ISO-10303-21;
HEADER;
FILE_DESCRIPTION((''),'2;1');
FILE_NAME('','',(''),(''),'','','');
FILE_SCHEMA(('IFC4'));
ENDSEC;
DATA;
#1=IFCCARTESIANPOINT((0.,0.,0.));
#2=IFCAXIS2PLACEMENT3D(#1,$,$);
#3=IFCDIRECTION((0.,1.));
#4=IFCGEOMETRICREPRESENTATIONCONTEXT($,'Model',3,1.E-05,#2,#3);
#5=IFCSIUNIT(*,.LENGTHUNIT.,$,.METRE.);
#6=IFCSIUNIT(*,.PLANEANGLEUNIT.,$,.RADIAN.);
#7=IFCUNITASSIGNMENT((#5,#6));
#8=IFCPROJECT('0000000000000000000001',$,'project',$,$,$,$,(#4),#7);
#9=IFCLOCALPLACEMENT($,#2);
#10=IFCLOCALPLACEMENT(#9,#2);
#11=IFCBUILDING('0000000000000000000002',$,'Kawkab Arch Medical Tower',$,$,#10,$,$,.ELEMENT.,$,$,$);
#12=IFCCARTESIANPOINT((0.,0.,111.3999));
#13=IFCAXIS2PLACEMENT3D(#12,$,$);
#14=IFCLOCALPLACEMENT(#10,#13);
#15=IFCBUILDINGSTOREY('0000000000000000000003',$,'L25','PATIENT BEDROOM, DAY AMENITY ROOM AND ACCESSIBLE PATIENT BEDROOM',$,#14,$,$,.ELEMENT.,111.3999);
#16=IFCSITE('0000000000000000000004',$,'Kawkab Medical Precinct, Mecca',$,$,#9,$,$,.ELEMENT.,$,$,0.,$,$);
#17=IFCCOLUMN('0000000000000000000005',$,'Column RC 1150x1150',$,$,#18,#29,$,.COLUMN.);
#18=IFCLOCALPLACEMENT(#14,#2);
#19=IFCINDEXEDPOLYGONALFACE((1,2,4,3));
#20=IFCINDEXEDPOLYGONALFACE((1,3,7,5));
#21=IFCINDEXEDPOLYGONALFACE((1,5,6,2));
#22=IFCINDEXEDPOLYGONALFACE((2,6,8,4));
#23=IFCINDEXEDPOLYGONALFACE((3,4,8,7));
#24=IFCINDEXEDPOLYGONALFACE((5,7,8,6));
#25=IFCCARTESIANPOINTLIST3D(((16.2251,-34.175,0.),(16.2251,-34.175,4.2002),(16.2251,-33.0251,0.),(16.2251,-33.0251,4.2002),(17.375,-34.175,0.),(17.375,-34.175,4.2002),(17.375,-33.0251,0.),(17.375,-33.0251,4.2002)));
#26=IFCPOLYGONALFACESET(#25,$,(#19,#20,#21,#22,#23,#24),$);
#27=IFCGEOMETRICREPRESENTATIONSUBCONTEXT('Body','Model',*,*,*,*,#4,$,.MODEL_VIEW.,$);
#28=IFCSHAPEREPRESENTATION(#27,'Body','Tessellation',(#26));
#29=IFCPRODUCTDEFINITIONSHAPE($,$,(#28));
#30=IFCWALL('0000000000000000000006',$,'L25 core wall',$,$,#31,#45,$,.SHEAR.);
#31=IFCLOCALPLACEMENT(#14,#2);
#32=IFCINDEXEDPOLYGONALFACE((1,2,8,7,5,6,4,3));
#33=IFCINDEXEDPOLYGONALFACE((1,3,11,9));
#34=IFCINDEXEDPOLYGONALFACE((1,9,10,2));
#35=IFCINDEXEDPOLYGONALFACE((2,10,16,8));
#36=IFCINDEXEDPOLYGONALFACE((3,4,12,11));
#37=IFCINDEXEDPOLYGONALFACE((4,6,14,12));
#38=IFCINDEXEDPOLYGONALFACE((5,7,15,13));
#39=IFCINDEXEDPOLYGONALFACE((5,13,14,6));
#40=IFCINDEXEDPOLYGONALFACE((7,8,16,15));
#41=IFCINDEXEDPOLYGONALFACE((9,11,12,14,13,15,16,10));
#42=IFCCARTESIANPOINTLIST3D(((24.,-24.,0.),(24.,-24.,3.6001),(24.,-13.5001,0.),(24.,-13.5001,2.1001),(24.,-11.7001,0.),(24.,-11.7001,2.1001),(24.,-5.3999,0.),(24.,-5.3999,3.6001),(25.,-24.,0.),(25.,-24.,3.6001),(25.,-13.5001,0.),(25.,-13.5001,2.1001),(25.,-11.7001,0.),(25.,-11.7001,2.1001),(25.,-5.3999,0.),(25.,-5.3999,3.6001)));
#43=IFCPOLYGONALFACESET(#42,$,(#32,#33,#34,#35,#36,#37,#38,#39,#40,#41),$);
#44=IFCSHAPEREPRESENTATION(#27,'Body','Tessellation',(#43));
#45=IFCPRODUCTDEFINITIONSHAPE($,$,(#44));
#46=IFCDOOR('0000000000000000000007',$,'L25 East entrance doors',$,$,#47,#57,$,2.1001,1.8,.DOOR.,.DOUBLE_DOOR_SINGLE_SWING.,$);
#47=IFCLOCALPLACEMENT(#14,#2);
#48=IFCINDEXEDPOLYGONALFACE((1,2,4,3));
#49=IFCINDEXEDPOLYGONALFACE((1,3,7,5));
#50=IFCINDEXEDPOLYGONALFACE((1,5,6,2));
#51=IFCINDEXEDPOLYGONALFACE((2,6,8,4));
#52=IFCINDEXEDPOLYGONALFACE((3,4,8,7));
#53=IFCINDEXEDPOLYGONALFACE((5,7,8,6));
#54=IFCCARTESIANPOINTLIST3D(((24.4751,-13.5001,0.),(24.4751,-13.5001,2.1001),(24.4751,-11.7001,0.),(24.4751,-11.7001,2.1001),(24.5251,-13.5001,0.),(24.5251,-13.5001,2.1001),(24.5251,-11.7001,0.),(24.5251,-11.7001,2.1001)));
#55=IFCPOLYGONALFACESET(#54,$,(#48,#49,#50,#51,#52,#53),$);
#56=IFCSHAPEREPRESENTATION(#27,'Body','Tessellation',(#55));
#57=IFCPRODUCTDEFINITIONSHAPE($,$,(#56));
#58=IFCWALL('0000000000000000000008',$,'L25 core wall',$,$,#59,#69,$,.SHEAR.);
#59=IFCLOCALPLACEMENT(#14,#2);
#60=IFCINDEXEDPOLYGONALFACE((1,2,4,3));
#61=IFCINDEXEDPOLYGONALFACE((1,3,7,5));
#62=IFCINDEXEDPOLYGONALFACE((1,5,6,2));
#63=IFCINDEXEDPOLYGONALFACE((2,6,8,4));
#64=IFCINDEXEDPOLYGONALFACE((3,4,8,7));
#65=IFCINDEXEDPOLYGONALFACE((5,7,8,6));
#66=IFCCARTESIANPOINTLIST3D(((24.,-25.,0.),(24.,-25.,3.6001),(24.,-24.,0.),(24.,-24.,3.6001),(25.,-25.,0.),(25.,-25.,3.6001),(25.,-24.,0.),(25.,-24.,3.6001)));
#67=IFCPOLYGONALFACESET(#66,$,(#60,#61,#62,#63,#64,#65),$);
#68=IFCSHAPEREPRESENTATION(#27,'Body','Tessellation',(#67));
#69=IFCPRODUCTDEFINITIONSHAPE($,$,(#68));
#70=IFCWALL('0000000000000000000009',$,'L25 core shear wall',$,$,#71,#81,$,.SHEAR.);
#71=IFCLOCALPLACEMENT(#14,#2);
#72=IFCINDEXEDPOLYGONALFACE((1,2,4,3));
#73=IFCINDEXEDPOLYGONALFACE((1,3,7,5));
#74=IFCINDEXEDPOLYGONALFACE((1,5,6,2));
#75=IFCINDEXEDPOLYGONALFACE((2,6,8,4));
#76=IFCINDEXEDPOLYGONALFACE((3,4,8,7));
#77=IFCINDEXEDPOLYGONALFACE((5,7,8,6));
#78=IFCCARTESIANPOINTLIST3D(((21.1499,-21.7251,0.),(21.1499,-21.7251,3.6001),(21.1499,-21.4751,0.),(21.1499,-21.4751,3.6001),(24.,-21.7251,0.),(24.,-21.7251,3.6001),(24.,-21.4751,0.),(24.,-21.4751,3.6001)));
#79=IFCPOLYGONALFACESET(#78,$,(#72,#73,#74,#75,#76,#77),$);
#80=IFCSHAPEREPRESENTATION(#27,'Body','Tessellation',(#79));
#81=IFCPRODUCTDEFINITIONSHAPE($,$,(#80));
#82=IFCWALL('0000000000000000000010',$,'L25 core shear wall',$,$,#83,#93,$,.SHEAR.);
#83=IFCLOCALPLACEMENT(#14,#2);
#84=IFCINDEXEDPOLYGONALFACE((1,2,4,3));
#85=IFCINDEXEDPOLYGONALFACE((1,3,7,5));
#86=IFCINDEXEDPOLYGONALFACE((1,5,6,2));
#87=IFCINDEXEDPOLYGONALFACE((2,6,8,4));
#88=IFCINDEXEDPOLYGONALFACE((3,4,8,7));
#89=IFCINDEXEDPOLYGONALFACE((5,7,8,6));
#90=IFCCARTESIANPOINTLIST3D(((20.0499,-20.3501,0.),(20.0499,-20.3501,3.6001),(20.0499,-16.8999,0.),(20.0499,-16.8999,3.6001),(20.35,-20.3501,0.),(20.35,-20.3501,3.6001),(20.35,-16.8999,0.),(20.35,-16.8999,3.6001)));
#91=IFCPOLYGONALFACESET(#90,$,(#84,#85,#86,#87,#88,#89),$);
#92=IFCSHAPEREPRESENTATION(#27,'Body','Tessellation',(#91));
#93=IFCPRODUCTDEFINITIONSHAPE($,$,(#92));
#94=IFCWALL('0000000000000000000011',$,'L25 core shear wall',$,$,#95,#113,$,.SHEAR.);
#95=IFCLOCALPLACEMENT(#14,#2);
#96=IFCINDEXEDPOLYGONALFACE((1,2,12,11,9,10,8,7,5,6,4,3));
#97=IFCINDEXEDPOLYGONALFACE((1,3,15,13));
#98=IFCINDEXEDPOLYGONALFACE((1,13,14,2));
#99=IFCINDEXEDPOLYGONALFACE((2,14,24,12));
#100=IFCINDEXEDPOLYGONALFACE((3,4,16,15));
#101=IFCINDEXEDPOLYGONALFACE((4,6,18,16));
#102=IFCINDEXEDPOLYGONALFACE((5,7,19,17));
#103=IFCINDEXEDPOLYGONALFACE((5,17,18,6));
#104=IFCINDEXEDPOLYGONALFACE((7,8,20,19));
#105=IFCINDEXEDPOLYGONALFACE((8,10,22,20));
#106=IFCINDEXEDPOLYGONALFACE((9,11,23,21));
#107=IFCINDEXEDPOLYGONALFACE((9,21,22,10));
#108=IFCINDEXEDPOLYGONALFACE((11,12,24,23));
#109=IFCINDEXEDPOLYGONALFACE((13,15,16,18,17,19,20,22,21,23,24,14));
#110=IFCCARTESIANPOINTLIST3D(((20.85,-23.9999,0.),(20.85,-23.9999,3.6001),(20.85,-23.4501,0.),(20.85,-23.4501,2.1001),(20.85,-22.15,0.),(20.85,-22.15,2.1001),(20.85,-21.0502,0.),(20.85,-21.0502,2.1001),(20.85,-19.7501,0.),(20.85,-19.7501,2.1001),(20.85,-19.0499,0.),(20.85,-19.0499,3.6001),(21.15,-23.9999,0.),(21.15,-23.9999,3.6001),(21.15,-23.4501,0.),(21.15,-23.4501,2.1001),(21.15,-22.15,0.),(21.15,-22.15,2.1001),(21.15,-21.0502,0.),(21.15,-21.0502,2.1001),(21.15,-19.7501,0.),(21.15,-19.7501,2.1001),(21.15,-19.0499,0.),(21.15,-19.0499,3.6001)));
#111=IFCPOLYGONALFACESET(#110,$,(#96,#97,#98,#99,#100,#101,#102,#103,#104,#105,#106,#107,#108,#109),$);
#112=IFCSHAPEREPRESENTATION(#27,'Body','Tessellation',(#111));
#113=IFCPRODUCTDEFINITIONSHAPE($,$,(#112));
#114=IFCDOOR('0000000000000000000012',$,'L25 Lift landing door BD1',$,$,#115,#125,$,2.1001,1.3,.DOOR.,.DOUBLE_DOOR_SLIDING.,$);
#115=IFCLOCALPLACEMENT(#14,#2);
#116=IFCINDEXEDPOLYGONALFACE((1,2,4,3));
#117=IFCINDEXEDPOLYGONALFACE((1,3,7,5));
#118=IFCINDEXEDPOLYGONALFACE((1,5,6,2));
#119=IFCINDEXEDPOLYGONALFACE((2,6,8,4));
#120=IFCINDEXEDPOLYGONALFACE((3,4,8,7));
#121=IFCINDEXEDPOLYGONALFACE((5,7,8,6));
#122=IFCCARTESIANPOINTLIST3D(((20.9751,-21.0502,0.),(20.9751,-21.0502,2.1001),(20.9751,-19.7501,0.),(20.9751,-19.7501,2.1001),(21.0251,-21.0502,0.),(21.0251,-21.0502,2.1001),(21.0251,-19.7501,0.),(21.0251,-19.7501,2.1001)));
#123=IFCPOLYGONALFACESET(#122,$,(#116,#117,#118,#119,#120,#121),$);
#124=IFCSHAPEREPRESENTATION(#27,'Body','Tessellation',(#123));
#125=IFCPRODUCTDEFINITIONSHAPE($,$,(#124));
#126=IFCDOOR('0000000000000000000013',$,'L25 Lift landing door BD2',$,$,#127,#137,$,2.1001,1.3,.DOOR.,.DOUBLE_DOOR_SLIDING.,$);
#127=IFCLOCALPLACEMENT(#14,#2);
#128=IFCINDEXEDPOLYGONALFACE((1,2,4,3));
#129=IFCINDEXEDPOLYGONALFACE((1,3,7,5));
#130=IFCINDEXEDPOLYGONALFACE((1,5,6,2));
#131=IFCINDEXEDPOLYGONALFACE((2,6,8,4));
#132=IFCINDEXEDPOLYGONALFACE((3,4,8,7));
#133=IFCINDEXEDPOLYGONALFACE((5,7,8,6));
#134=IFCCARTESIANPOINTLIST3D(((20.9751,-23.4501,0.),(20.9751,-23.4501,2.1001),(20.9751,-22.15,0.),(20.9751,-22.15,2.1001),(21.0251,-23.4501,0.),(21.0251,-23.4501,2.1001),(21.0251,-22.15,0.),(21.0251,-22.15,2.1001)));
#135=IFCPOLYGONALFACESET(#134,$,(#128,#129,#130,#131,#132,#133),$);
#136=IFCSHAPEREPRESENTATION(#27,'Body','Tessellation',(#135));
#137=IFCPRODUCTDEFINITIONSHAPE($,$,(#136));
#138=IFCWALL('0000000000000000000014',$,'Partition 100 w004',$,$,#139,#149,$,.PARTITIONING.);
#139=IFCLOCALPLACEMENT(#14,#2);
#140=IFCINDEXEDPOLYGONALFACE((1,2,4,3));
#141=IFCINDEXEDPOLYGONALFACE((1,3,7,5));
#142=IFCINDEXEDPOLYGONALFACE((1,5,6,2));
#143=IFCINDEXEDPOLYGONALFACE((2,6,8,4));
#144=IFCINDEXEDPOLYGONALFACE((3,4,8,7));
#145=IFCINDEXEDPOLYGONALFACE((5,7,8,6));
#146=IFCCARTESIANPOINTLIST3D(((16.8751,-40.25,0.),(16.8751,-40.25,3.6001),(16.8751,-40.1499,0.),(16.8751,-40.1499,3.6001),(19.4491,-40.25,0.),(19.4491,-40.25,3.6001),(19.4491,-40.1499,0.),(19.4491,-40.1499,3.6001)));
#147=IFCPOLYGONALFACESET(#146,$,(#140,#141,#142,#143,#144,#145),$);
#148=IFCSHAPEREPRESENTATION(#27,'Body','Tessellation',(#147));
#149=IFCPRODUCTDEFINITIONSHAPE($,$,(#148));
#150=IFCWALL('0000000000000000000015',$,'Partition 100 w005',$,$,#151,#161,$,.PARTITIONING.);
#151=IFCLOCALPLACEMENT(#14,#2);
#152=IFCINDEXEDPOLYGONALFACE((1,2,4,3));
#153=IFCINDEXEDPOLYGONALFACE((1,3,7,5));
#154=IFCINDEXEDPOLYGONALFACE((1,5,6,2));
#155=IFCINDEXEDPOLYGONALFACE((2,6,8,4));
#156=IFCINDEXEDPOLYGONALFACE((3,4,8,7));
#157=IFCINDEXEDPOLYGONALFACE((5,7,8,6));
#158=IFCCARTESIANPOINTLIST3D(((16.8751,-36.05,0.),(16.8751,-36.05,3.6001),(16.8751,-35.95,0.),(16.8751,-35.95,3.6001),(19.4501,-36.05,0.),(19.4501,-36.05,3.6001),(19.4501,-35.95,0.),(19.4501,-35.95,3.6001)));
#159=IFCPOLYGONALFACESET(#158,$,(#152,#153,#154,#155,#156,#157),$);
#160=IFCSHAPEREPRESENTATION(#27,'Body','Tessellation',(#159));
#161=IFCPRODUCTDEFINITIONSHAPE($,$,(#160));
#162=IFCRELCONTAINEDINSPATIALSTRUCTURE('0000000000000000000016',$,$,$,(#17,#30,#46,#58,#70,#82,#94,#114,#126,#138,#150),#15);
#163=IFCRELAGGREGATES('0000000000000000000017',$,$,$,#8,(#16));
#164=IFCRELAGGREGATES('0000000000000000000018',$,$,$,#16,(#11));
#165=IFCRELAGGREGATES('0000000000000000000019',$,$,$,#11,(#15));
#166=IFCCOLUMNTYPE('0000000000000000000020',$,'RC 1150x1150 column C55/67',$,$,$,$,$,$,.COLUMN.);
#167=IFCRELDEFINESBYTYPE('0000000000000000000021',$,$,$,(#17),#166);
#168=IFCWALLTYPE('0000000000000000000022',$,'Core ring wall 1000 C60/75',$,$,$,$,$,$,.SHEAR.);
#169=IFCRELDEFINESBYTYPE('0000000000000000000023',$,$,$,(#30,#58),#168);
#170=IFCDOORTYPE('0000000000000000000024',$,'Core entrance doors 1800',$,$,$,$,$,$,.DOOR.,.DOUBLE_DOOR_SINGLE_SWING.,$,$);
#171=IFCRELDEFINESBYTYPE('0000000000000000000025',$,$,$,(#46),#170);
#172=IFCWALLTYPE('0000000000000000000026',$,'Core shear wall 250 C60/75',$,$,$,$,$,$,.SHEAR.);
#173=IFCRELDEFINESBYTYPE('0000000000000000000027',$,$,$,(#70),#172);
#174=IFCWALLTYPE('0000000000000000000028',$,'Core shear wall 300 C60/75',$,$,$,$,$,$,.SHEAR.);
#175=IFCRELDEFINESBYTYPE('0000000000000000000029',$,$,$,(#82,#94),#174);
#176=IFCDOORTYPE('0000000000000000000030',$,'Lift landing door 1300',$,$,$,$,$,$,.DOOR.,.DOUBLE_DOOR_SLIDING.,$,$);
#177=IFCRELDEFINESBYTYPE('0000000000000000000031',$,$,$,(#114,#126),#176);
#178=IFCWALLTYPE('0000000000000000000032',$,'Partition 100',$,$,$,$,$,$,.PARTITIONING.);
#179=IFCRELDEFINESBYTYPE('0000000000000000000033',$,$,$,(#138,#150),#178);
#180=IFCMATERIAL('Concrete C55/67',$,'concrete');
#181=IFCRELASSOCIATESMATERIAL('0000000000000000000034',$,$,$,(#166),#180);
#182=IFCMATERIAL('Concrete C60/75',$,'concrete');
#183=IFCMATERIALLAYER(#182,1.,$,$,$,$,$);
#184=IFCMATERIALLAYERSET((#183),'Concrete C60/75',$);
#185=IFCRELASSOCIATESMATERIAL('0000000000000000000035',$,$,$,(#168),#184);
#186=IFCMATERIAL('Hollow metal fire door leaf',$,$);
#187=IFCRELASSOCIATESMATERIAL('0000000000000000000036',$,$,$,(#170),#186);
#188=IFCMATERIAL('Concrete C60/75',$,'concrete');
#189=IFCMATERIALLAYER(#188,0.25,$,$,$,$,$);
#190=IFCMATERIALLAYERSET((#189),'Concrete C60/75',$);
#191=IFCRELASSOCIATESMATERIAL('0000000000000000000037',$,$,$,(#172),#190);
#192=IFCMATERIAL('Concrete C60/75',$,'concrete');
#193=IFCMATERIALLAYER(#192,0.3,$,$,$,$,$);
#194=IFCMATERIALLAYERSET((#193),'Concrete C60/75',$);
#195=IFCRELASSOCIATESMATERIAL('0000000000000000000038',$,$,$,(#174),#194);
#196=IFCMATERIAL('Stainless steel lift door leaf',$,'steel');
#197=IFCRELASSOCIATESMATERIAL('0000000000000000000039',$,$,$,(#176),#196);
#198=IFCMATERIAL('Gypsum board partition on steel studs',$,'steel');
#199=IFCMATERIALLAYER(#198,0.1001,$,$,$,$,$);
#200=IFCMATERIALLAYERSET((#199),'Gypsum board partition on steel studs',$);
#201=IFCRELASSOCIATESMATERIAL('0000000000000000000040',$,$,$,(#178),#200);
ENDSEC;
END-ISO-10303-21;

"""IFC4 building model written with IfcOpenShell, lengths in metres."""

from ifc_helpers import new_model, si_unit, direction, frame, frame_2d, origin, origin_2d, place, context, subcontext, project, spatial, rectangle, extrude, material, layer, layer_set, material_profile, profile_set, type_object, element, fill, save


model = new_model("IFC4")

# Units and contexts
model_context = context("Model", 3, precision=1e-05, world=origin(), true_north=direction((0.0, 1.0)))
body_context = subcontext(model_context, "Body", "Model", "MODEL_VIEW")
ifc_project = project(units=[si_unit("LENGTHUNIT", "METRE"), si_unit("PLANEANGLEUNIT", "RADIAN")], contexts=[model_context])

# Site, building, storey
site_placement = place(None, origin())
site = spatial("IfcSite", under=ifc_project, at=site_placement, Name="Kawkab Medical Precinct, Mecca", CompositionType="ELEMENT", RefElevation=0.0)
building_placement = place(site_placement, origin())
building = spatial("IfcBuilding", under=site, at=building_placement, Name="Kawkab Arch Medical Tower", CompositionType="ELEMENT")
storey_placement = place(building_placement, frame((0.0, 0.0, 111.3999)))
storey = spatial("IfcBuildingStorey", under=building, at=storey_placement, Name="L25", Description="PATIENT BEDROOM, DAY AMENITY ROOM AND ACCESSIBLE PATIENT BEDROOM", CompositionType="ELEMENT", Elevation=111.3999)

# Column
ifc_material_1 = material(Name="Concrete C55/67", Category="concrete")
ifc_material_profile = material_profile(ifc_material_1, rectangle(XDim=1.1499, YDim=1.1499, at=origin_2d()), Name="RC 1150x1150")
ifc_profile_set = profile_set([ifc_material_profile], Name="Concrete C55/67")
column_type = type_object("IfcColumnType", Name="RC 1150x1150 column C55/67", PredefinedType="COLUMN", material=ifc_profile_set)
column_placement = place(storey_placement, frame((16.8, -33.6001, 0.0), z_axis=(0.0, 0.0, 1.0), x_axis=(1.0, 0.0, 0.0)))
element("IfcColumn", 1, at=column_placement, inside=storey, type_object=column_type, Name="Column RC 1150x1150", PredefinedType="COLUMN", context=body_context, shape_type="SweptSolid", body=[
    extrude(rectangle(XDim=1.1499, YDim=1.1499, at=origin_2d()), origin(), (0.0, 0.0, 1.0), 4.2002),
])

# Wall, opening, door
ifc_material_2 = material(Name="Concrete C60/75", Category="concrete")
ifc_layer_1 = layer(ifc_material_2, 1.0)
ifc_layer_set_1 = layer_set([ifc_layer_1], Name="Concrete C60/75")
wall_type_1 = type_object("IfcWallType", Name="Core ring wall 1000 C60/75", PredefinedType="SHEAR", material=ifc_layer_set_1)
wall_1_placement = place(storey_placement, frame((24.5, -24.0, 0.0), z_axis=(0.0, 0.0, 1.0), x_axis=(0.0, 1.0, 0.0)))
wall_1 = element("IfcWall", 2, at=wall_1_placement, inside=storey, type_object=wall_type_1, Name="L25 core wall", PredefinedType="SHEAR", context=body_context, shape_type="SweptSolid", body=[
    extrude(rectangle(XDim=18.6001, YDim=1.0, at=frame_2d((9.3, 0.0))), origin(), (0.0, 0.0, 1.0), 3.6001),
])
opening_1_placement = place(wall_1_placement, frame((10.5, 0.0, 0.0)))
opening_1 = element("IfcOpeningElement", 3, at=opening_1_placement, cuts=wall_1, PredefinedType="OPENING", context=body_context, shape_type="SweptSolid", body=[
    extrude(rectangle(XDim=1.8, YDim=2.1001, at=frame_2d((0.8999, 1.05))), frame((0.0, 0.51, 0.0), z_axis=(0.0, -1.0, 0.0), x_axis=(1.0, 0.0, 0.0)), (0.0, 0.0, 1.0), 1.02),
])
ifc_material_3 = material(Name="Hollow metal fire door leaf")
door_type_1 = type_object("IfcDoorType", Name="Core entrance doors 1800", OperationType="DOUBLE_DOOR_SINGLE_SWING", PredefinedType="DOOR", material=ifc_material_3)
door_1_placement = place(opening_1_placement, origin())
door_1 = element("IfcDoor", 4, at=door_1_placement, inside=storey, type_object=door_type_1, Name="L25 East entrance doors", OperationType="DOUBLE_DOOR_SINGLE_SWING", OverallHeight=2.1001, OverallWidth=1.8, PredefinedType="DOOR", context=body_context, shape_type="SweptSolid", body=[
    extrude(rectangle(XDim=1.8, YDim=2.1001, at=frame_2d((0.8999, 1.05))), frame((0.0, 0.0249, 0.0), z_axis=(0.0, -1.0, 0.0), x_axis=(1.0, 0.0, 0.0)), (0.0, 0.0, 1.0), 0.05),
])
fill(opening_1, door_1)

# Walls
wall_2_placement = place(storey_placement, frame((24.5, -25.0, 0.0), z_axis=(0.0, 0.0, 1.0), x_axis=(0.0, 1.0, 0.0)))
element("IfcWall", 5, at=wall_2_placement, inside=storey, type_object=wall_type_1, Name="L25 core wall", PredefinedType="SHEAR", context=body_context, shape_type="SweptSolid", body=[
    extrude(rectangle(XDim=1.0, YDim=1.0, at=frame_2d((0.5, 0.0))), origin(), (0.0, 0.0, 1.0), 3.6001),
])
ifc_material_4 = material(Name="Concrete C60/75", Category="concrete")
ifc_layer_2 = layer(ifc_material_4, 0.25)
ifc_layer_set_2 = layer_set([ifc_layer_2], Name="Concrete C60/75")
wall_type_2 = type_object("IfcWallType", Name="Core shear wall 250 C60/75", PredefinedType="SHEAR", material=ifc_layer_set_2)
wall_3_placement = place(storey_placement, frame((21.1499, -21.6001, 0.0), z_axis=(0.0, 0.0, 1.0), x_axis=(1.0, 0.0, 0.0)))
element("IfcWall", 6, at=wall_3_placement, inside=storey, type_object=wall_type_2, Name="L25 core shear wall", PredefinedType="SHEAR", context=body_context, shape_type="SweptSolid", body=[
    extrude(rectangle(XDim=2.8501, YDim=0.25, at=frame_2d((1.425, 0.0))), origin(), (0.0, 0.0, 1.0), 3.6001),
])
ifc_material_5 = material(Name="Concrete C60/75", Category="concrete")
ifc_layer_3 = layer(ifc_material_5, 0.3)
ifc_layer_set_3 = layer_set([ifc_layer_3], Name="Concrete C60/75")
wall_type_3 = type_object("IfcWallType", Name="Core shear wall 300 C60/75", PredefinedType="SHEAR", material=ifc_layer_set_3)
wall_4_placement = place(storey_placement, frame((20.2, -20.3501, 0.0), z_axis=(0.0, 0.0, 1.0), x_axis=(0.0, 1.0, 0.0)))
element("IfcWall", 7, at=wall_4_placement, inside=storey, type_object=wall_type_3, Name="L25 core shear wall", PredefinedType="SHEAR", context=body_context, shape_type="SweptSolid", body=[
    extrude(rectangle(XDim=3.4502, YDim=0.3, at=frame_2d((1.7251, 0.0))), origin(), (0.0, 0.0, 1.0), 3.6001),
])

# Wall, openings, doors
wall_5_placement = place(storey_placement, frame((21.0, -24.0, 0.0), z_axis=(0.0, 0.0, 1.0), x_axis=(0.0, 1.0, 0.0)))
wall_5 = element("IfcWall", 8, at=wall_5_placement, inside=storey, type_object=wall_type_3, Name="L25 core shear wall", PredefinedType="SHEAR", context=body_context, shape_type="SweptSolid", body=[
    extrude(rectangle(XDim=4.95, YDim=0.3, at=frame_2d((2.4751, 0.0))), origin(), (0.0, 0.0, 1.0), 3.6001),
])
opening_2_placement = place(wall_5_placement, frame((2.95, 0.0, 0.0)))
opening_2 = element("IfcOpeningElement", 9, at=opening_2_placement, cuts=wall_5, PredefinedType="OPENING", context=body_context, shape_type="SweptSolid", body=[
    extrude(rectangle(XDim=1.3, YDim=2.1001, at=frame_2d((0.6499, 1.05))), frame((0.0, 0.1599, 0.0), z_axis=(0.0, -1.0, 0.0), x_axis=(1.0, 0.0, 0.0)), (0.0, 0.0, 1.0), 0.3201),
])
opening_3_placement = place(wall_5_placement, frame((0.55, 0.0, 0.0)))
opening_3 = element("IfcOpeningElement", 10, at=opening_3_placement, cuts=wall_5, PredefinedType="OPENING", context=body_context, shape_type="SweptSolid", body=[
    extrude(rectangle(XDim=1.3, YDim=2.1001, at=frame_2d((0.6499, 1.05))), frame((0.0, 0.1599, 0.0), z_axis=(0.0, -1.0, 0.0), x_axis=(1.0, 0.0, 0.0)), (0.0, 0.0, 1.0), 0.3201),
])
ifc_material_6 = material(Name="Stainless steel lift door leaf", Category="steel")
door_type_2 = type_object("IfcDoorType", Name="Lift landing door 1300", OperationType="DOUBLE_DOOR_SLIDING", PredefinedType="DOOR", material=ifc_material_6)
door_2_placement = place(opening_2_placement, origin())
door_2 = element("IfcDoor", 11, at=door_2_placement, inside=storey, type_object=door_type_2, Name="L25 Lift landing door BD1", OperationType="DOUBLE_DOOR_SLIDING", OverallHeight=2.1001, OverallWidth=1.3, PredefinedType="DOOR", context=body_context, shape_type="SweptSolid", body=[
    extrude(rectangle(XDim=1.3, YDim=2.1001, at=frame_2d((0.6499, 1.05))), frame((0.0, 0.0249, 0.0), z_axis=(0.0, -1.0, 0.0), x_axis=(1.0, 0.0, 0.0)), (0.0, 0.0, 1.0), 0.05),
])
fill(opening_2, door_2)
door_3_placement = place(opening_3_placement, origin())
door_3 = element("IfcDoor", 12, at=door_3_placement, inside=storey, type_object=door_type_2, Name="L25 Lift landing door BD2", OperationType="DOUBLE_DOOR_SLIDING", OverallHeight=2.1001, OverallWidth=1.3, PredefinedType="DOOR", context=body_context, shape_type="SweptSolid", body=[
    extrude(rectangle(XDim=1.3, YDim=2.1001, at=frame_2d((0.6499, 1.05))), frame((0.0, 0.0249, 0.0), z_axis=(0.0, -1.0, 0.0), x_axis=(1.0, 0.0, 0.0)), (0.0, 0.0, 1.0), 0.05),
])
fill(opening_3, door_3)

# Walls
ifc_material_7 = material(Name="Gypsum board partition on steel studs", Category="steel")
ifc_layer_4 = layer(ifc_material_7, 0.1001)
ifc_layer_set_4 = layer_set([ifc_layer_4], Name="Gypsum board partition on steel studs")
wall_type_4 = type_object("IfcWallType", Name="Partition 100", PredefinedType="PARTITIONING", material=ifc_layer_set_4)
wall_6_placement = place(storey_placement, frame((16.875, -40.2, 0.0), z_axis=(0.0, 0.0, 1.0), x_axis=(1.0, 0.0, 0.0)))
element("IfcWall", 13, at=wall_6_placement, inside=storey, type_object=wall_type_4, Name="Partition 100 w004", PredefinedType="PARTITIONING", context=body_context, shape_type="SweptSolid", body=[
    extrude(rectangle(XDim=2.574, YDim=0.1001, at=frame_2d((1.2871, 0.0))), origin(), (0.0, 0.0, 1.0), 3.6001),
])
wall_7_placement = place(storey_placement, frame((16.875, -36.0, 0.0), z_axis=(0.0, 0.0, 1.0), x_axis=(1.0, 0.0, 0.0)))
element("IfcWall", 14, at=wall_7_placement, inside=storey, type_object=wall_type_4, Name="Partition 100 w005", PredefinedType="PARTITIONING", context=body_context, shape_type="SweptSolid", body=[
    extrude(rectangle(XDim=2.575, YDim=0.1001, at=frame_2d((1.2876, 0.0))), origin(), (0.0, 0.0, 1.0), 3.6001),
])

save(model, "model.ifc")
